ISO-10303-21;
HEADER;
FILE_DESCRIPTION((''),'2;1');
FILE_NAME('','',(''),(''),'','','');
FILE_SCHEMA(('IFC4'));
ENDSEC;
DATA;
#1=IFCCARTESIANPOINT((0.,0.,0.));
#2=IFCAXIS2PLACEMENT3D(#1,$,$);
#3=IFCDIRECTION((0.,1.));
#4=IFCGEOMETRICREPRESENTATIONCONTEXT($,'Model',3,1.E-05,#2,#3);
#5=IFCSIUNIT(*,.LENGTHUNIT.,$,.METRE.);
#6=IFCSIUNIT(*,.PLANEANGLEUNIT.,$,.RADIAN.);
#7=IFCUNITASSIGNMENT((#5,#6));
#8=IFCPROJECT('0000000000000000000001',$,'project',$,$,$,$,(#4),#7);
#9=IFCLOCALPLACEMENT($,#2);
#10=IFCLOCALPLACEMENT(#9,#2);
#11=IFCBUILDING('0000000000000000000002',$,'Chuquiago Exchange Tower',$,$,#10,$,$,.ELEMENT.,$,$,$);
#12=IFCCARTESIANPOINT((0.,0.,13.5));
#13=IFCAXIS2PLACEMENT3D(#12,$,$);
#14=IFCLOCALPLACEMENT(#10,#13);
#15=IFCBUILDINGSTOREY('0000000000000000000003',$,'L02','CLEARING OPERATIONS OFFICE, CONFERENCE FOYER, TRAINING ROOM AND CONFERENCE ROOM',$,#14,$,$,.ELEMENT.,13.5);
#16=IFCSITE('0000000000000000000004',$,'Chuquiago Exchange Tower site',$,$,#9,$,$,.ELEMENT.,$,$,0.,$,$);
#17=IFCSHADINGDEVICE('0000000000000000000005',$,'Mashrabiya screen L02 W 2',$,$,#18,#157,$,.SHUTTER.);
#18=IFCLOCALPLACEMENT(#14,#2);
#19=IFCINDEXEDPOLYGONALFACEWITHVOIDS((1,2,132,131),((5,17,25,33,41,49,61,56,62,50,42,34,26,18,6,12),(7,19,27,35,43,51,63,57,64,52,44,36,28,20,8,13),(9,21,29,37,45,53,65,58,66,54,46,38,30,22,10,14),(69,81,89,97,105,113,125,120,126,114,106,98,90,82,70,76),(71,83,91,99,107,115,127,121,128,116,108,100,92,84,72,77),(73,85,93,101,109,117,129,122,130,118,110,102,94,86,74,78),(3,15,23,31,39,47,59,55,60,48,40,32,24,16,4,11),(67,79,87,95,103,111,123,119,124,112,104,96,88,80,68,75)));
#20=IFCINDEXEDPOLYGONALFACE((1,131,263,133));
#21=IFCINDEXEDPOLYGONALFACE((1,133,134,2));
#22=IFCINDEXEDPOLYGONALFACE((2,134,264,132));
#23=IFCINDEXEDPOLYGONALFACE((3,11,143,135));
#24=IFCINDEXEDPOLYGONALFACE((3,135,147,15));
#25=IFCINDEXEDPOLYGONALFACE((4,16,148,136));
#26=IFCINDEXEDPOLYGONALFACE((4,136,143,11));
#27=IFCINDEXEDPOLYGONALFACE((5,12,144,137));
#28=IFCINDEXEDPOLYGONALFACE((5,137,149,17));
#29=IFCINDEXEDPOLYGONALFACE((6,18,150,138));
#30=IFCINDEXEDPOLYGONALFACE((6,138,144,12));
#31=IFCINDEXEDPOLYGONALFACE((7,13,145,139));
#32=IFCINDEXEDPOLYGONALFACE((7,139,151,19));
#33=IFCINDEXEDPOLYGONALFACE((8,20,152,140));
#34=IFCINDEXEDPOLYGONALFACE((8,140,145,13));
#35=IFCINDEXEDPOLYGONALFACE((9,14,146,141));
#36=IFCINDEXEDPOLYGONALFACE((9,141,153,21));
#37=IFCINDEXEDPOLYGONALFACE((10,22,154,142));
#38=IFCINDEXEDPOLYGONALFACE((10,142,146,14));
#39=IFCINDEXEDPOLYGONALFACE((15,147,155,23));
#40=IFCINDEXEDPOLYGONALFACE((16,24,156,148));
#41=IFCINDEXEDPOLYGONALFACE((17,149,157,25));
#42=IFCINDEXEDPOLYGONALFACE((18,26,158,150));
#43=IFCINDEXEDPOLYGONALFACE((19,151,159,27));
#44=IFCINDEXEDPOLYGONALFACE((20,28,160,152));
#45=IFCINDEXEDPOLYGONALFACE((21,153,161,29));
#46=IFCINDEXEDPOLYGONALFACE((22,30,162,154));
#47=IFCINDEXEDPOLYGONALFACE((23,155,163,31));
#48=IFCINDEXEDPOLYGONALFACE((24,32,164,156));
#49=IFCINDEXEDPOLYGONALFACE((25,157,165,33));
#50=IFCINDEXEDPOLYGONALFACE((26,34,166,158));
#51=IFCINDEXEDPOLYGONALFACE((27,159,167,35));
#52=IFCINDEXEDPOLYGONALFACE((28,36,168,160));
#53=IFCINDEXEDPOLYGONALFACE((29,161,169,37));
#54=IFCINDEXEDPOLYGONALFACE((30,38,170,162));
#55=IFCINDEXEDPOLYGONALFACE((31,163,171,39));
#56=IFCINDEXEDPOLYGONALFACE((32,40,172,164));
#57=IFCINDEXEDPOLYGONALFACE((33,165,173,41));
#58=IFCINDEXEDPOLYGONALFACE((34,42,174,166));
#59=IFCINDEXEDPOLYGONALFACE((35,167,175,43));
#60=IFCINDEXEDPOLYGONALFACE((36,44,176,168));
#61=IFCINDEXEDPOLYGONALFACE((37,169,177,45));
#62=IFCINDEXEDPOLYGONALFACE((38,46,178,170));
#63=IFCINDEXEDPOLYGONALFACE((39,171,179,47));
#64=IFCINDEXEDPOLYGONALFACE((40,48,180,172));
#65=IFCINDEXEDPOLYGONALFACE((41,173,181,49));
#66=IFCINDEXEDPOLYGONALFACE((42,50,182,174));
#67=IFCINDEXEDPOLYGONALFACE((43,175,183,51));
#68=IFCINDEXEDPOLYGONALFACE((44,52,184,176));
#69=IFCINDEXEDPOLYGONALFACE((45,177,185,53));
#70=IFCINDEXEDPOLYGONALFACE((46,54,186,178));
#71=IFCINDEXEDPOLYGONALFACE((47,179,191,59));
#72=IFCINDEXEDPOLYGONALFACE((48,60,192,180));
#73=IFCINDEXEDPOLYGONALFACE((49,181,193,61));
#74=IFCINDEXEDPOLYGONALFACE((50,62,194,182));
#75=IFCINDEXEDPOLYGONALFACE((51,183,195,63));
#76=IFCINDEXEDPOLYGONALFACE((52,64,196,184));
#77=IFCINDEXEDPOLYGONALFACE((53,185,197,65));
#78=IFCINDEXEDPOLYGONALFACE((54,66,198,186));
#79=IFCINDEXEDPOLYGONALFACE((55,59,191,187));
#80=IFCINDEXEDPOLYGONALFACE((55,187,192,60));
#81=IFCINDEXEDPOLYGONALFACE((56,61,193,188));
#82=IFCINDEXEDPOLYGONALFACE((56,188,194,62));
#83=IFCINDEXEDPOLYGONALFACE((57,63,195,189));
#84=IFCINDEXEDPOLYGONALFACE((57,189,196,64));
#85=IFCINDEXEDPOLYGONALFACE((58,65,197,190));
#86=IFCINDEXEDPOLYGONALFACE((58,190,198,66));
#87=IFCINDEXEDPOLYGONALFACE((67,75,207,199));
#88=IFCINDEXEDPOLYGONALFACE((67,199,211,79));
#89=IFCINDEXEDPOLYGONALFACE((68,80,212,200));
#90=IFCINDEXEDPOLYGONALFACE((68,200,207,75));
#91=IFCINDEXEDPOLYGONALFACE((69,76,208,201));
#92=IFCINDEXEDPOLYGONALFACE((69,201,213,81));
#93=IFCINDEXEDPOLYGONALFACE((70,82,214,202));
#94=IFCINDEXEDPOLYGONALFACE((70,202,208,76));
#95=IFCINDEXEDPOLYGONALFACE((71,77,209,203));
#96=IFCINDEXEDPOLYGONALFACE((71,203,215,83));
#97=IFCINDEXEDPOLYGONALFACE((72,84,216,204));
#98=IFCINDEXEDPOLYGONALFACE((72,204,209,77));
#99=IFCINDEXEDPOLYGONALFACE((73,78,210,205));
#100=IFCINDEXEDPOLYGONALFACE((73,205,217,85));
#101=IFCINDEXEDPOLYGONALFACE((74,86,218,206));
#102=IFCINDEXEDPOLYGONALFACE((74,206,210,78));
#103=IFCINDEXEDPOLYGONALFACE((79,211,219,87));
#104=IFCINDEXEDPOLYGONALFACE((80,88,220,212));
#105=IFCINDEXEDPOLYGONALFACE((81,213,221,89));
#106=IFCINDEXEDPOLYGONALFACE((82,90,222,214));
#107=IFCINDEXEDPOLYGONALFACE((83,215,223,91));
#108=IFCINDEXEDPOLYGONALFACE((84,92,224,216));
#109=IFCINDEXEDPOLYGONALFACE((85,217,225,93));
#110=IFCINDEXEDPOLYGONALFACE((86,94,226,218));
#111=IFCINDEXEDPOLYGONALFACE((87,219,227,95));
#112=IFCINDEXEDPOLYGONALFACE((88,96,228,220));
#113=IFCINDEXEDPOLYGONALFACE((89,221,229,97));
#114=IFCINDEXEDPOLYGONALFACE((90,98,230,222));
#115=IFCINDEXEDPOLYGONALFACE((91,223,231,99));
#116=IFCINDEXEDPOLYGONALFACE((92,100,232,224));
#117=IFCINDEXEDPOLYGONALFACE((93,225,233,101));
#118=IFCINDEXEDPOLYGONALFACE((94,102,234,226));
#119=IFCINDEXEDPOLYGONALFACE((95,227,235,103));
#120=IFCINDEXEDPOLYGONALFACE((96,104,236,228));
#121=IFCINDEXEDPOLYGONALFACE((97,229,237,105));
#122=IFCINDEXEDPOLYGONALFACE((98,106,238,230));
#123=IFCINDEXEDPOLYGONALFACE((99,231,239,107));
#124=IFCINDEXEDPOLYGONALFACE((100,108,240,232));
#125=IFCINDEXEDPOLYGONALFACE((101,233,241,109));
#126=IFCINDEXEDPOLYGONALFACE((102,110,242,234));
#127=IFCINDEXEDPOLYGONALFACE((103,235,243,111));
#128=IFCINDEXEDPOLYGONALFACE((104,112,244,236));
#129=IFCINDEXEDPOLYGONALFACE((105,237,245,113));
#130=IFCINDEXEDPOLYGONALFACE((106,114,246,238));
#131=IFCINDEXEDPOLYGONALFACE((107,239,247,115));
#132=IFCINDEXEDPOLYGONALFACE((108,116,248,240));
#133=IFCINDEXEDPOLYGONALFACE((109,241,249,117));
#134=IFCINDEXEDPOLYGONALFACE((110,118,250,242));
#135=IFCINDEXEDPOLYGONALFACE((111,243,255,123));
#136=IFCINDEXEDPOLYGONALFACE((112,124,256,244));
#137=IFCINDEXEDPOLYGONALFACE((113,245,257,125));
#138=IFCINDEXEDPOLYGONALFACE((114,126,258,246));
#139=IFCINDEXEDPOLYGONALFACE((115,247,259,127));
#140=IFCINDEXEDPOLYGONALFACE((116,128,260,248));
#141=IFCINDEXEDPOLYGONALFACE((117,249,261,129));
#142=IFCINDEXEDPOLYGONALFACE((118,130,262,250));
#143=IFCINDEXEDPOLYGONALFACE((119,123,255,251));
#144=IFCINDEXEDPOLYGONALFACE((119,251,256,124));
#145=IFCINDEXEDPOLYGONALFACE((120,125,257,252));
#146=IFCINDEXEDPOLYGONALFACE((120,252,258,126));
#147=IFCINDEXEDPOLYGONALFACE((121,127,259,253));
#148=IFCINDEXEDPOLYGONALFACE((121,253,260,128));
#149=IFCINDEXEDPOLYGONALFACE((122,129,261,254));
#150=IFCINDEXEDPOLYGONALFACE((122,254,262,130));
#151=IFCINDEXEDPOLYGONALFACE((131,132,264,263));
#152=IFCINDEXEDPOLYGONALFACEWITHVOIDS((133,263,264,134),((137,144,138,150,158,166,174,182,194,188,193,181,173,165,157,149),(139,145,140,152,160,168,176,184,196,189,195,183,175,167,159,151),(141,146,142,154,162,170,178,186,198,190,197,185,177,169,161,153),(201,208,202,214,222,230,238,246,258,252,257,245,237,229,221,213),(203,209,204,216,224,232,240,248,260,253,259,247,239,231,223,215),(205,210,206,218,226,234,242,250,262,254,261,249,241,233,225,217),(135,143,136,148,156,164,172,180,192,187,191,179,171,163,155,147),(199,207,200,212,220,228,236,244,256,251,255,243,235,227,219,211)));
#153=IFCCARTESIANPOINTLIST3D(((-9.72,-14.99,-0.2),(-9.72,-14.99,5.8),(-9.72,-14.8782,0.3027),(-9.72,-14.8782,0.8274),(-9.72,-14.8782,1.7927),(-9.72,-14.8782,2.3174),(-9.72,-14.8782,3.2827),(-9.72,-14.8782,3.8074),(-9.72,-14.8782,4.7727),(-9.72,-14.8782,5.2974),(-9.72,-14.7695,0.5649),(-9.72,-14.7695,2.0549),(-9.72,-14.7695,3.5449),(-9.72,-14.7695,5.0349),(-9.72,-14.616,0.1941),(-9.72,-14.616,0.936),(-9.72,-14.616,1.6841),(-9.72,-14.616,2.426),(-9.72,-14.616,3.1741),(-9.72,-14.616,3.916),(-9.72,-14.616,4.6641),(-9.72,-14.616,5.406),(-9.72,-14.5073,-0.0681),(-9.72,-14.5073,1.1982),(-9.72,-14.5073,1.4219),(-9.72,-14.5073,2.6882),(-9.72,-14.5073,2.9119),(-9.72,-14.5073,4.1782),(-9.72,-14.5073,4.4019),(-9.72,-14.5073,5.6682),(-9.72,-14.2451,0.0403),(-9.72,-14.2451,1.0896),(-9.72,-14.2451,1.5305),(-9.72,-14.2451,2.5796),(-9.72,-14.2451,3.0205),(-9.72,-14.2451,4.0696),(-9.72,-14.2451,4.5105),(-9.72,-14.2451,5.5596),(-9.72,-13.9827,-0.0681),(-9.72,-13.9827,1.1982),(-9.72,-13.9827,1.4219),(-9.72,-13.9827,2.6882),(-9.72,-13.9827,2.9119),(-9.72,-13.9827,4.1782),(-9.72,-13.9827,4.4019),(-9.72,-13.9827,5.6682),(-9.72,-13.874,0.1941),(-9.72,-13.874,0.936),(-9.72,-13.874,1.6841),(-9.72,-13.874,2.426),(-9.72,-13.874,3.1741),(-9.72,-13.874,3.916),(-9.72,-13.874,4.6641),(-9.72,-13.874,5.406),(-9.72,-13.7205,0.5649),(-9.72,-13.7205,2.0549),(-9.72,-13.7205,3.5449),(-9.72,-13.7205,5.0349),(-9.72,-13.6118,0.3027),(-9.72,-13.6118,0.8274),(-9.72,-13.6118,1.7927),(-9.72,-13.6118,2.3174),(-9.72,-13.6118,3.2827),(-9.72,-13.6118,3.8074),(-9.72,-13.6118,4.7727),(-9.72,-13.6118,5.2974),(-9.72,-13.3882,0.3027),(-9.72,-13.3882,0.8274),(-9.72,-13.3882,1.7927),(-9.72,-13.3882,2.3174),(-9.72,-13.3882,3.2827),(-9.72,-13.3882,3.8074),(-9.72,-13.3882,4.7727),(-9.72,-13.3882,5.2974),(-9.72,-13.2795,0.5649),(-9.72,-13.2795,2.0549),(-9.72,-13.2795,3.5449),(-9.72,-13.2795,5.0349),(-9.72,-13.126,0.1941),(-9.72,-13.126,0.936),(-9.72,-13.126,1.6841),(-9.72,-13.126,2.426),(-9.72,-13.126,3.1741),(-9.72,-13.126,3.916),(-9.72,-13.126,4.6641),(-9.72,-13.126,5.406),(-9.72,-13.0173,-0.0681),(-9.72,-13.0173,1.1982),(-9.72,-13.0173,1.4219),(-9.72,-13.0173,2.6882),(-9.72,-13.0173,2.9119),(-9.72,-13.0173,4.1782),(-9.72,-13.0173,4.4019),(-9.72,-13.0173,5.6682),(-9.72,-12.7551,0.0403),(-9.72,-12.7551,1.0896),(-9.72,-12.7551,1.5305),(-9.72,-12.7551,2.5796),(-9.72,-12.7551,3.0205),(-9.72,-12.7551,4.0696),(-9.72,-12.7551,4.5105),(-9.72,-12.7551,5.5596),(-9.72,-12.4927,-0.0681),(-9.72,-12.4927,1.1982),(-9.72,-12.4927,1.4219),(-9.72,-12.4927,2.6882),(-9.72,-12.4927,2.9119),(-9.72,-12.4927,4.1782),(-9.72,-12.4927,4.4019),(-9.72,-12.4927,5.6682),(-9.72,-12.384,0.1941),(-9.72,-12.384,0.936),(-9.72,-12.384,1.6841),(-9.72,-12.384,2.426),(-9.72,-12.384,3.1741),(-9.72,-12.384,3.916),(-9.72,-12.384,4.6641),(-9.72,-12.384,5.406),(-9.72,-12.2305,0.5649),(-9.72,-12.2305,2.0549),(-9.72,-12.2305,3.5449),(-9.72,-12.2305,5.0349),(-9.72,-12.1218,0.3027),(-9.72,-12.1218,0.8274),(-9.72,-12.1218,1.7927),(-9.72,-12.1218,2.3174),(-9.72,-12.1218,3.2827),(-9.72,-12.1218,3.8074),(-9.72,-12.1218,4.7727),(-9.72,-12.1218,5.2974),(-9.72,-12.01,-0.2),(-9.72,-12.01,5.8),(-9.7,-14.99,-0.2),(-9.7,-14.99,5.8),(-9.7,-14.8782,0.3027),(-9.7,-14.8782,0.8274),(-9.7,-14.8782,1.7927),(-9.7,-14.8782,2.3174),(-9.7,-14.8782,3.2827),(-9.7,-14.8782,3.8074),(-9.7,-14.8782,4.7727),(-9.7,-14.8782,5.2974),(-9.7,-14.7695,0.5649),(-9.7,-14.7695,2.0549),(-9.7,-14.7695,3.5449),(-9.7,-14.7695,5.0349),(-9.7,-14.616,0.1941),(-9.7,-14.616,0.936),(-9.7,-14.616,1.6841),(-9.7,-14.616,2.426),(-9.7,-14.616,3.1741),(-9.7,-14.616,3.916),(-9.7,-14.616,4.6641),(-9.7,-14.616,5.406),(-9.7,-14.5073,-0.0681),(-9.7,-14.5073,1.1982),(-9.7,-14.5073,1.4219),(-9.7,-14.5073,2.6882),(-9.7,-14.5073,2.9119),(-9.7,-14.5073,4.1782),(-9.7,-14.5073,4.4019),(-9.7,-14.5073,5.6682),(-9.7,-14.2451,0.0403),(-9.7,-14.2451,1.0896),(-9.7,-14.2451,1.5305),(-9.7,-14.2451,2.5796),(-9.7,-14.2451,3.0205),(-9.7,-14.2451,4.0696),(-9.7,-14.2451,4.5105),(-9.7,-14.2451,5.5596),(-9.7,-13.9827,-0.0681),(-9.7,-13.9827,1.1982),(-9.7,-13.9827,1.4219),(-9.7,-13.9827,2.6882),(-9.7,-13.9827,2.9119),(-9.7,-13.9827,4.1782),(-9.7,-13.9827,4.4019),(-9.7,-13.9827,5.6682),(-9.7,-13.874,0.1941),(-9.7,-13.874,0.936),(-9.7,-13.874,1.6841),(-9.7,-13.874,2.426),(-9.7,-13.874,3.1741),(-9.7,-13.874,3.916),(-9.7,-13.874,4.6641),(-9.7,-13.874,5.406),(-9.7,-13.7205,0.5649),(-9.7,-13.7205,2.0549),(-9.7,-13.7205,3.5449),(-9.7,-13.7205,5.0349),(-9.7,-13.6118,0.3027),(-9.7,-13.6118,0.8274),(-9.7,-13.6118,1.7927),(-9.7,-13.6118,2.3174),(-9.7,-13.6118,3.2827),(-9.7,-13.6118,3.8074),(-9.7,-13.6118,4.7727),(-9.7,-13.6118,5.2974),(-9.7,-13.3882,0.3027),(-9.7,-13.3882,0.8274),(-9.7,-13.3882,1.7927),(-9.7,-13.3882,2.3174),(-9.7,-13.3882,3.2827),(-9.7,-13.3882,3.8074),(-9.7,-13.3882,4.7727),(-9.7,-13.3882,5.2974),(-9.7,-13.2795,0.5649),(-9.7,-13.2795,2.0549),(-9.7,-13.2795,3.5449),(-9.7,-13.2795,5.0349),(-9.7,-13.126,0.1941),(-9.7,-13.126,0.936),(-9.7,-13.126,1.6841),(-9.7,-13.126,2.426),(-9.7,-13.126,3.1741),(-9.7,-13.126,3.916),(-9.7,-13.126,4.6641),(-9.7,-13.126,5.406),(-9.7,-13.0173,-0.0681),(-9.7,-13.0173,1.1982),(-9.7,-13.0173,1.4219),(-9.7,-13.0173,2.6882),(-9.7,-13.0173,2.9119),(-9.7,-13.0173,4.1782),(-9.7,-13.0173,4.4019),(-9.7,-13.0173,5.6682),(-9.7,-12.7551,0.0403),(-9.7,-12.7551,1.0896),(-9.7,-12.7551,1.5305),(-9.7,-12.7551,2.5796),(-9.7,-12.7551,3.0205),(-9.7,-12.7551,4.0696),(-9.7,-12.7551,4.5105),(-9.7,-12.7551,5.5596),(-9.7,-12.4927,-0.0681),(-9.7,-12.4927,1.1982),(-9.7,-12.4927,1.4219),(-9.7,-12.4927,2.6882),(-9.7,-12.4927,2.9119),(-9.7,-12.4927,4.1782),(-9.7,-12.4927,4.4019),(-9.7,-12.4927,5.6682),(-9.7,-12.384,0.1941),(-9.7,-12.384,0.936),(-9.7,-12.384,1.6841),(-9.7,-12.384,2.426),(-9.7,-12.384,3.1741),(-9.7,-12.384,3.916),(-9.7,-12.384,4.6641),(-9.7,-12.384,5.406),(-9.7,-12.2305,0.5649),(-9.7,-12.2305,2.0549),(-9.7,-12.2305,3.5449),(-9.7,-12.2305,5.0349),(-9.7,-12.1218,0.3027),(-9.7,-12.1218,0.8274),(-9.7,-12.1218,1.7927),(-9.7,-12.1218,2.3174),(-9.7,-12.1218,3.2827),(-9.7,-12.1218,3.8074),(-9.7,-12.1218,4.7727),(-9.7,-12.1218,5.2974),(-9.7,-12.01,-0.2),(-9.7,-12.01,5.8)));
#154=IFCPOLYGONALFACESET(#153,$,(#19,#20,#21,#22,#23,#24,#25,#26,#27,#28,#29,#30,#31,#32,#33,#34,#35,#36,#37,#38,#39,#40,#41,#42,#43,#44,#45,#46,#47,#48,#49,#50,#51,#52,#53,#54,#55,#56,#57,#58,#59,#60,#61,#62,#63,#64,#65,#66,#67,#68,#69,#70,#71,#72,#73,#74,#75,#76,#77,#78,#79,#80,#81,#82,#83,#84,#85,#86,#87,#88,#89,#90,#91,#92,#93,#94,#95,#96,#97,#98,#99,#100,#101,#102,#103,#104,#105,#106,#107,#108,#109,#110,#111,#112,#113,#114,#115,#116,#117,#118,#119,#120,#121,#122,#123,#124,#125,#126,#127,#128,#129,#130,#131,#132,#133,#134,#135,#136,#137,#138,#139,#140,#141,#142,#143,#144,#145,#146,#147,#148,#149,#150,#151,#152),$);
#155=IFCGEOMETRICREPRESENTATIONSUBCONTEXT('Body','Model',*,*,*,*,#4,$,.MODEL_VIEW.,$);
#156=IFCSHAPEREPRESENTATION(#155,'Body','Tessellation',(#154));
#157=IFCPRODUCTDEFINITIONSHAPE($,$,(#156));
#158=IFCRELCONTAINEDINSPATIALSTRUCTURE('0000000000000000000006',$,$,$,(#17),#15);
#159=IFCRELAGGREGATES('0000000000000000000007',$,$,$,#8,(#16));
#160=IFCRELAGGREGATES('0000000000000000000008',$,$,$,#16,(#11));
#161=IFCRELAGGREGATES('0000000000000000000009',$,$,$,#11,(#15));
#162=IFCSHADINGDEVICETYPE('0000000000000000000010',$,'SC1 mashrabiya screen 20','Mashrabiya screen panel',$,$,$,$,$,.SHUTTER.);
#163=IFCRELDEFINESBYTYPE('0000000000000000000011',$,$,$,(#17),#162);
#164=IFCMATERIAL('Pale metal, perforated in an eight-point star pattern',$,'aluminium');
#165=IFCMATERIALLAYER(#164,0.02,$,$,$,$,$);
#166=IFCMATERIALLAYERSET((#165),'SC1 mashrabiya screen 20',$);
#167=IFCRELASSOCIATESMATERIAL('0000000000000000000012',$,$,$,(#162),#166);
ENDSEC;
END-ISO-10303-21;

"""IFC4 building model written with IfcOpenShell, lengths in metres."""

from ifc_helpers import new_model, si_unit, direction, frame, origin, place, context, subcontext, project, spatial, polyline, outline, extrude, material, layer, layer_set, type_object, element, save


model = new_model("IFC4")

# Units and contexts
model_context = context("Model", 3, precision=1e-05, world=origin(), true_north=direction((0.0, 1.0)))
body_context = subcontext(model_context, "Body", "Model", "MODEL_VIEW")
ifc_project = project(units=[si_unit("LENGTHUNIT", "METRE"), si_unit("PLANEANGLEUNIT", "RADIAN")], contexts=[model_context])

# Site, building, storey
site_placement = place(None, origin())
site = spatial("IfcSite", under=ifc_project, at=site_placement, Name="Chuquiago Exchange Tower site", CompositionType="ELEMENT", RefElevation=0.0)
building_placement = place(site_placement, origin())
building = spatial("IfcBuilding", under=site, at=building_placement, Name="Chuquiago Exchange Tower", CompositionType="ELEMENT")
storey_placement = place(building_placement, frame((0.0, 0.0, 13.5)))
storey = spatial("IfcBuildingStorey", under=building, at=storey_placement, Name="L02", Description="CLEARING OPERATIONS OFFICE, CONFERENCE FOYER, TRAINING ROOM AND CONFERENCE ROOM", CompositionType="ELEMENT", Elevation=13.5)

# Shading device
ifc_material_1 = material(Name="Pale metal, perforated in an eight-point star pattern", Category="aluminium")
ifc_layer_1 = layer(ifc_material_1, 0.02)
ifc_layer_set_1 = layer_set([ifc_layer_1], Name="SC1 mashrabiya screen 20")
shading_device_type = type_object("IfcShadingDeviceType", Name="SC1 mashrabiya screen 20", Description="Mashrabiya screen panel", PredefinedType="SHUTTER", material=ifc_layer_set_1)
shading_device_1_placement = place(storey_placement, frame((-9.7, -12.01, -0.2), z_axis=(0.0, 0.0, 1.0), x_axis=(0.0, -1.0, 0.0)))
element("IfcShadingDevice", 1, at=shading_device_1_placement, inside=storey, type_object=shading_device_type, Name="Mashrabiya screen L02 W 2", PredefinedType="SHUTTER", context=body_context, shape_type="SweptSolid", body=[
    extrude(outline(polyline([(0.0, 0.0), (2.98, 0.0), (2.98, 6.0), (0.0, 6.0), (0.0, 0.0)]), holes=[polyline([(1.2695, 0.7649), (1.3782, 1.0273), (1.116, 1.136), (1.0073, 1.3982), (0.7451, 1.2896), (0.4827, 1.3982), (0.374, 1.136), (0.1118, 1.0273), (0.2205, 0.7649), (0.1118, 0.5027), (0.374, 0.394), (0.4827, 0.1318), (0.7451, 0.2402), (1.0073, 0.1318), (1.116, 0.394), (1.3782, 0.5027), (1.2695, 0.7649)]), polyline([(2.7595, 0.7649), (2.8682, 1.0273), (2.606, 1.136), (2.4973, 1.3982), (2.2351, 1.2896), (1.9727, 1.3982), (1.864, 1.136), (1.6018, 1.0273), (1.7104, 0.7649), (1.6018, 0.5027), (1.864, 0.394), (1.9727, 0.1318), (2.2351, 0.2402), (2.4973, 0.1318), (2.606, 0.394), (2.8682, 0.5027), (2.7595, 0.7649)]), polyline([(1.2695, 2.2549), (1.3782, 2.5173), (1.116, 2.626), (1.0073, 2.8882), (0.7451, 2.7795), (0.4827, 2.8882), (0.374, 2.626), (0.1118, 2.5173), (0.2205, 2.2549), (0.1118, 1.9927), (0.374, 1.884), (0.4827, 1.6218), (0.7451, 1.7305), (1.0073, 1.6218), (1.116, 1.884), (1.3782, 1.9927), (1.2695, 2.2549)]), polyline([(2.7595, 2.2549), (2.8682, 2.5173), (2.606, 2.626), (2.4973, 2.8882), (2.2351, 2.7795), (1.9727, 2.8882), (1.864, 2.626), (1.6018, 2.5173), (1.7104, 2.2549), (1.6018, 1.9927), (1.864, 1.884), (1.9727, 1.6218), (2.2351, 1.7305), (2.4973, 1.6218), (2.606, 1.884), (2.8682, 1.9927), (2.7595, 2.2549)]), polyline([(1.2695, 3.7449), (1.3782, 4.0073), (1.116, 4.116), (1.0073, 4.3782), (0.7451, 4.2695), (0.4827, 4.3782), (0.374, 4.116), (0.1118, 4.0073), (0.2205, 3.7449), (0.1118, 3.4827), (0.374, 3.374), (0.4827, 3.1118), (0.7451, 3.2205), (1.0073, 3.1118), (1.116, 3.374), (1.3782, 3.4827), (1.2695, 3.7449)]), polyline([(2.7595, 3.7449), (2.8682, 4.0073), (2.606, 4.116), (2.4973, 4.3782), (2.2351, 4.2695), (1.9727, 4.3782), (1.864, 4.116), (1.6018, 4.0073), (1.7104, 3.7449), (1.6018, 3.4827), (1.864, 3.374), (1.9727, 3.1118), (2.2351, 3.2205), (2.4973, 3.1118), (2.606, 3.374), (2.8682, 3.4827), (2.7595, 3.7449)]), polyline([(1.2695, 5.2349), (1.3782, 5.4973), (1.116, 5.606), (1.0073, 5.8682), (0.7451, 5.7595), (0.4827, 5.8682), (0.374, 5.606), (0.1118, 5.4973), (0.2205, 5.2349), (0.1118, 4.9727), (0.374, 4.864), (0.4827, 4.6018), (0.7451, 4.7104), (1.0073, 4.6018), (1.116, 4.864), (1.3782, 4.9727), (1.2695, 5.2349)]), polyline([(2.7595, 5.2349), (2.8682, 5.4973), (2.606, 5.606), (2.4973, 5.8682), (2.2351, 5.7595), (1.9727, 5.8682), (1.864, 5.606), (1.6018, 5.4973), (1.7104, 5.2349), (1.6018, 4.9727), (1.864, 4.864), (1.9727, 4.6018), (2.2351, 4.7104), (2.4973, 4.6018), (2.606, 4.864), (2.8682, 4.9727), (2.7595, 5.2349)])]), frame((0.0, 0.0, 0.0), z_axis=(0.0, -1.0, 0.0), x_axis=(1.0, 0.0, 0.0)), (0.0, 0.0, 1.0), 0.02),
])

save(model, "model.ifc")
